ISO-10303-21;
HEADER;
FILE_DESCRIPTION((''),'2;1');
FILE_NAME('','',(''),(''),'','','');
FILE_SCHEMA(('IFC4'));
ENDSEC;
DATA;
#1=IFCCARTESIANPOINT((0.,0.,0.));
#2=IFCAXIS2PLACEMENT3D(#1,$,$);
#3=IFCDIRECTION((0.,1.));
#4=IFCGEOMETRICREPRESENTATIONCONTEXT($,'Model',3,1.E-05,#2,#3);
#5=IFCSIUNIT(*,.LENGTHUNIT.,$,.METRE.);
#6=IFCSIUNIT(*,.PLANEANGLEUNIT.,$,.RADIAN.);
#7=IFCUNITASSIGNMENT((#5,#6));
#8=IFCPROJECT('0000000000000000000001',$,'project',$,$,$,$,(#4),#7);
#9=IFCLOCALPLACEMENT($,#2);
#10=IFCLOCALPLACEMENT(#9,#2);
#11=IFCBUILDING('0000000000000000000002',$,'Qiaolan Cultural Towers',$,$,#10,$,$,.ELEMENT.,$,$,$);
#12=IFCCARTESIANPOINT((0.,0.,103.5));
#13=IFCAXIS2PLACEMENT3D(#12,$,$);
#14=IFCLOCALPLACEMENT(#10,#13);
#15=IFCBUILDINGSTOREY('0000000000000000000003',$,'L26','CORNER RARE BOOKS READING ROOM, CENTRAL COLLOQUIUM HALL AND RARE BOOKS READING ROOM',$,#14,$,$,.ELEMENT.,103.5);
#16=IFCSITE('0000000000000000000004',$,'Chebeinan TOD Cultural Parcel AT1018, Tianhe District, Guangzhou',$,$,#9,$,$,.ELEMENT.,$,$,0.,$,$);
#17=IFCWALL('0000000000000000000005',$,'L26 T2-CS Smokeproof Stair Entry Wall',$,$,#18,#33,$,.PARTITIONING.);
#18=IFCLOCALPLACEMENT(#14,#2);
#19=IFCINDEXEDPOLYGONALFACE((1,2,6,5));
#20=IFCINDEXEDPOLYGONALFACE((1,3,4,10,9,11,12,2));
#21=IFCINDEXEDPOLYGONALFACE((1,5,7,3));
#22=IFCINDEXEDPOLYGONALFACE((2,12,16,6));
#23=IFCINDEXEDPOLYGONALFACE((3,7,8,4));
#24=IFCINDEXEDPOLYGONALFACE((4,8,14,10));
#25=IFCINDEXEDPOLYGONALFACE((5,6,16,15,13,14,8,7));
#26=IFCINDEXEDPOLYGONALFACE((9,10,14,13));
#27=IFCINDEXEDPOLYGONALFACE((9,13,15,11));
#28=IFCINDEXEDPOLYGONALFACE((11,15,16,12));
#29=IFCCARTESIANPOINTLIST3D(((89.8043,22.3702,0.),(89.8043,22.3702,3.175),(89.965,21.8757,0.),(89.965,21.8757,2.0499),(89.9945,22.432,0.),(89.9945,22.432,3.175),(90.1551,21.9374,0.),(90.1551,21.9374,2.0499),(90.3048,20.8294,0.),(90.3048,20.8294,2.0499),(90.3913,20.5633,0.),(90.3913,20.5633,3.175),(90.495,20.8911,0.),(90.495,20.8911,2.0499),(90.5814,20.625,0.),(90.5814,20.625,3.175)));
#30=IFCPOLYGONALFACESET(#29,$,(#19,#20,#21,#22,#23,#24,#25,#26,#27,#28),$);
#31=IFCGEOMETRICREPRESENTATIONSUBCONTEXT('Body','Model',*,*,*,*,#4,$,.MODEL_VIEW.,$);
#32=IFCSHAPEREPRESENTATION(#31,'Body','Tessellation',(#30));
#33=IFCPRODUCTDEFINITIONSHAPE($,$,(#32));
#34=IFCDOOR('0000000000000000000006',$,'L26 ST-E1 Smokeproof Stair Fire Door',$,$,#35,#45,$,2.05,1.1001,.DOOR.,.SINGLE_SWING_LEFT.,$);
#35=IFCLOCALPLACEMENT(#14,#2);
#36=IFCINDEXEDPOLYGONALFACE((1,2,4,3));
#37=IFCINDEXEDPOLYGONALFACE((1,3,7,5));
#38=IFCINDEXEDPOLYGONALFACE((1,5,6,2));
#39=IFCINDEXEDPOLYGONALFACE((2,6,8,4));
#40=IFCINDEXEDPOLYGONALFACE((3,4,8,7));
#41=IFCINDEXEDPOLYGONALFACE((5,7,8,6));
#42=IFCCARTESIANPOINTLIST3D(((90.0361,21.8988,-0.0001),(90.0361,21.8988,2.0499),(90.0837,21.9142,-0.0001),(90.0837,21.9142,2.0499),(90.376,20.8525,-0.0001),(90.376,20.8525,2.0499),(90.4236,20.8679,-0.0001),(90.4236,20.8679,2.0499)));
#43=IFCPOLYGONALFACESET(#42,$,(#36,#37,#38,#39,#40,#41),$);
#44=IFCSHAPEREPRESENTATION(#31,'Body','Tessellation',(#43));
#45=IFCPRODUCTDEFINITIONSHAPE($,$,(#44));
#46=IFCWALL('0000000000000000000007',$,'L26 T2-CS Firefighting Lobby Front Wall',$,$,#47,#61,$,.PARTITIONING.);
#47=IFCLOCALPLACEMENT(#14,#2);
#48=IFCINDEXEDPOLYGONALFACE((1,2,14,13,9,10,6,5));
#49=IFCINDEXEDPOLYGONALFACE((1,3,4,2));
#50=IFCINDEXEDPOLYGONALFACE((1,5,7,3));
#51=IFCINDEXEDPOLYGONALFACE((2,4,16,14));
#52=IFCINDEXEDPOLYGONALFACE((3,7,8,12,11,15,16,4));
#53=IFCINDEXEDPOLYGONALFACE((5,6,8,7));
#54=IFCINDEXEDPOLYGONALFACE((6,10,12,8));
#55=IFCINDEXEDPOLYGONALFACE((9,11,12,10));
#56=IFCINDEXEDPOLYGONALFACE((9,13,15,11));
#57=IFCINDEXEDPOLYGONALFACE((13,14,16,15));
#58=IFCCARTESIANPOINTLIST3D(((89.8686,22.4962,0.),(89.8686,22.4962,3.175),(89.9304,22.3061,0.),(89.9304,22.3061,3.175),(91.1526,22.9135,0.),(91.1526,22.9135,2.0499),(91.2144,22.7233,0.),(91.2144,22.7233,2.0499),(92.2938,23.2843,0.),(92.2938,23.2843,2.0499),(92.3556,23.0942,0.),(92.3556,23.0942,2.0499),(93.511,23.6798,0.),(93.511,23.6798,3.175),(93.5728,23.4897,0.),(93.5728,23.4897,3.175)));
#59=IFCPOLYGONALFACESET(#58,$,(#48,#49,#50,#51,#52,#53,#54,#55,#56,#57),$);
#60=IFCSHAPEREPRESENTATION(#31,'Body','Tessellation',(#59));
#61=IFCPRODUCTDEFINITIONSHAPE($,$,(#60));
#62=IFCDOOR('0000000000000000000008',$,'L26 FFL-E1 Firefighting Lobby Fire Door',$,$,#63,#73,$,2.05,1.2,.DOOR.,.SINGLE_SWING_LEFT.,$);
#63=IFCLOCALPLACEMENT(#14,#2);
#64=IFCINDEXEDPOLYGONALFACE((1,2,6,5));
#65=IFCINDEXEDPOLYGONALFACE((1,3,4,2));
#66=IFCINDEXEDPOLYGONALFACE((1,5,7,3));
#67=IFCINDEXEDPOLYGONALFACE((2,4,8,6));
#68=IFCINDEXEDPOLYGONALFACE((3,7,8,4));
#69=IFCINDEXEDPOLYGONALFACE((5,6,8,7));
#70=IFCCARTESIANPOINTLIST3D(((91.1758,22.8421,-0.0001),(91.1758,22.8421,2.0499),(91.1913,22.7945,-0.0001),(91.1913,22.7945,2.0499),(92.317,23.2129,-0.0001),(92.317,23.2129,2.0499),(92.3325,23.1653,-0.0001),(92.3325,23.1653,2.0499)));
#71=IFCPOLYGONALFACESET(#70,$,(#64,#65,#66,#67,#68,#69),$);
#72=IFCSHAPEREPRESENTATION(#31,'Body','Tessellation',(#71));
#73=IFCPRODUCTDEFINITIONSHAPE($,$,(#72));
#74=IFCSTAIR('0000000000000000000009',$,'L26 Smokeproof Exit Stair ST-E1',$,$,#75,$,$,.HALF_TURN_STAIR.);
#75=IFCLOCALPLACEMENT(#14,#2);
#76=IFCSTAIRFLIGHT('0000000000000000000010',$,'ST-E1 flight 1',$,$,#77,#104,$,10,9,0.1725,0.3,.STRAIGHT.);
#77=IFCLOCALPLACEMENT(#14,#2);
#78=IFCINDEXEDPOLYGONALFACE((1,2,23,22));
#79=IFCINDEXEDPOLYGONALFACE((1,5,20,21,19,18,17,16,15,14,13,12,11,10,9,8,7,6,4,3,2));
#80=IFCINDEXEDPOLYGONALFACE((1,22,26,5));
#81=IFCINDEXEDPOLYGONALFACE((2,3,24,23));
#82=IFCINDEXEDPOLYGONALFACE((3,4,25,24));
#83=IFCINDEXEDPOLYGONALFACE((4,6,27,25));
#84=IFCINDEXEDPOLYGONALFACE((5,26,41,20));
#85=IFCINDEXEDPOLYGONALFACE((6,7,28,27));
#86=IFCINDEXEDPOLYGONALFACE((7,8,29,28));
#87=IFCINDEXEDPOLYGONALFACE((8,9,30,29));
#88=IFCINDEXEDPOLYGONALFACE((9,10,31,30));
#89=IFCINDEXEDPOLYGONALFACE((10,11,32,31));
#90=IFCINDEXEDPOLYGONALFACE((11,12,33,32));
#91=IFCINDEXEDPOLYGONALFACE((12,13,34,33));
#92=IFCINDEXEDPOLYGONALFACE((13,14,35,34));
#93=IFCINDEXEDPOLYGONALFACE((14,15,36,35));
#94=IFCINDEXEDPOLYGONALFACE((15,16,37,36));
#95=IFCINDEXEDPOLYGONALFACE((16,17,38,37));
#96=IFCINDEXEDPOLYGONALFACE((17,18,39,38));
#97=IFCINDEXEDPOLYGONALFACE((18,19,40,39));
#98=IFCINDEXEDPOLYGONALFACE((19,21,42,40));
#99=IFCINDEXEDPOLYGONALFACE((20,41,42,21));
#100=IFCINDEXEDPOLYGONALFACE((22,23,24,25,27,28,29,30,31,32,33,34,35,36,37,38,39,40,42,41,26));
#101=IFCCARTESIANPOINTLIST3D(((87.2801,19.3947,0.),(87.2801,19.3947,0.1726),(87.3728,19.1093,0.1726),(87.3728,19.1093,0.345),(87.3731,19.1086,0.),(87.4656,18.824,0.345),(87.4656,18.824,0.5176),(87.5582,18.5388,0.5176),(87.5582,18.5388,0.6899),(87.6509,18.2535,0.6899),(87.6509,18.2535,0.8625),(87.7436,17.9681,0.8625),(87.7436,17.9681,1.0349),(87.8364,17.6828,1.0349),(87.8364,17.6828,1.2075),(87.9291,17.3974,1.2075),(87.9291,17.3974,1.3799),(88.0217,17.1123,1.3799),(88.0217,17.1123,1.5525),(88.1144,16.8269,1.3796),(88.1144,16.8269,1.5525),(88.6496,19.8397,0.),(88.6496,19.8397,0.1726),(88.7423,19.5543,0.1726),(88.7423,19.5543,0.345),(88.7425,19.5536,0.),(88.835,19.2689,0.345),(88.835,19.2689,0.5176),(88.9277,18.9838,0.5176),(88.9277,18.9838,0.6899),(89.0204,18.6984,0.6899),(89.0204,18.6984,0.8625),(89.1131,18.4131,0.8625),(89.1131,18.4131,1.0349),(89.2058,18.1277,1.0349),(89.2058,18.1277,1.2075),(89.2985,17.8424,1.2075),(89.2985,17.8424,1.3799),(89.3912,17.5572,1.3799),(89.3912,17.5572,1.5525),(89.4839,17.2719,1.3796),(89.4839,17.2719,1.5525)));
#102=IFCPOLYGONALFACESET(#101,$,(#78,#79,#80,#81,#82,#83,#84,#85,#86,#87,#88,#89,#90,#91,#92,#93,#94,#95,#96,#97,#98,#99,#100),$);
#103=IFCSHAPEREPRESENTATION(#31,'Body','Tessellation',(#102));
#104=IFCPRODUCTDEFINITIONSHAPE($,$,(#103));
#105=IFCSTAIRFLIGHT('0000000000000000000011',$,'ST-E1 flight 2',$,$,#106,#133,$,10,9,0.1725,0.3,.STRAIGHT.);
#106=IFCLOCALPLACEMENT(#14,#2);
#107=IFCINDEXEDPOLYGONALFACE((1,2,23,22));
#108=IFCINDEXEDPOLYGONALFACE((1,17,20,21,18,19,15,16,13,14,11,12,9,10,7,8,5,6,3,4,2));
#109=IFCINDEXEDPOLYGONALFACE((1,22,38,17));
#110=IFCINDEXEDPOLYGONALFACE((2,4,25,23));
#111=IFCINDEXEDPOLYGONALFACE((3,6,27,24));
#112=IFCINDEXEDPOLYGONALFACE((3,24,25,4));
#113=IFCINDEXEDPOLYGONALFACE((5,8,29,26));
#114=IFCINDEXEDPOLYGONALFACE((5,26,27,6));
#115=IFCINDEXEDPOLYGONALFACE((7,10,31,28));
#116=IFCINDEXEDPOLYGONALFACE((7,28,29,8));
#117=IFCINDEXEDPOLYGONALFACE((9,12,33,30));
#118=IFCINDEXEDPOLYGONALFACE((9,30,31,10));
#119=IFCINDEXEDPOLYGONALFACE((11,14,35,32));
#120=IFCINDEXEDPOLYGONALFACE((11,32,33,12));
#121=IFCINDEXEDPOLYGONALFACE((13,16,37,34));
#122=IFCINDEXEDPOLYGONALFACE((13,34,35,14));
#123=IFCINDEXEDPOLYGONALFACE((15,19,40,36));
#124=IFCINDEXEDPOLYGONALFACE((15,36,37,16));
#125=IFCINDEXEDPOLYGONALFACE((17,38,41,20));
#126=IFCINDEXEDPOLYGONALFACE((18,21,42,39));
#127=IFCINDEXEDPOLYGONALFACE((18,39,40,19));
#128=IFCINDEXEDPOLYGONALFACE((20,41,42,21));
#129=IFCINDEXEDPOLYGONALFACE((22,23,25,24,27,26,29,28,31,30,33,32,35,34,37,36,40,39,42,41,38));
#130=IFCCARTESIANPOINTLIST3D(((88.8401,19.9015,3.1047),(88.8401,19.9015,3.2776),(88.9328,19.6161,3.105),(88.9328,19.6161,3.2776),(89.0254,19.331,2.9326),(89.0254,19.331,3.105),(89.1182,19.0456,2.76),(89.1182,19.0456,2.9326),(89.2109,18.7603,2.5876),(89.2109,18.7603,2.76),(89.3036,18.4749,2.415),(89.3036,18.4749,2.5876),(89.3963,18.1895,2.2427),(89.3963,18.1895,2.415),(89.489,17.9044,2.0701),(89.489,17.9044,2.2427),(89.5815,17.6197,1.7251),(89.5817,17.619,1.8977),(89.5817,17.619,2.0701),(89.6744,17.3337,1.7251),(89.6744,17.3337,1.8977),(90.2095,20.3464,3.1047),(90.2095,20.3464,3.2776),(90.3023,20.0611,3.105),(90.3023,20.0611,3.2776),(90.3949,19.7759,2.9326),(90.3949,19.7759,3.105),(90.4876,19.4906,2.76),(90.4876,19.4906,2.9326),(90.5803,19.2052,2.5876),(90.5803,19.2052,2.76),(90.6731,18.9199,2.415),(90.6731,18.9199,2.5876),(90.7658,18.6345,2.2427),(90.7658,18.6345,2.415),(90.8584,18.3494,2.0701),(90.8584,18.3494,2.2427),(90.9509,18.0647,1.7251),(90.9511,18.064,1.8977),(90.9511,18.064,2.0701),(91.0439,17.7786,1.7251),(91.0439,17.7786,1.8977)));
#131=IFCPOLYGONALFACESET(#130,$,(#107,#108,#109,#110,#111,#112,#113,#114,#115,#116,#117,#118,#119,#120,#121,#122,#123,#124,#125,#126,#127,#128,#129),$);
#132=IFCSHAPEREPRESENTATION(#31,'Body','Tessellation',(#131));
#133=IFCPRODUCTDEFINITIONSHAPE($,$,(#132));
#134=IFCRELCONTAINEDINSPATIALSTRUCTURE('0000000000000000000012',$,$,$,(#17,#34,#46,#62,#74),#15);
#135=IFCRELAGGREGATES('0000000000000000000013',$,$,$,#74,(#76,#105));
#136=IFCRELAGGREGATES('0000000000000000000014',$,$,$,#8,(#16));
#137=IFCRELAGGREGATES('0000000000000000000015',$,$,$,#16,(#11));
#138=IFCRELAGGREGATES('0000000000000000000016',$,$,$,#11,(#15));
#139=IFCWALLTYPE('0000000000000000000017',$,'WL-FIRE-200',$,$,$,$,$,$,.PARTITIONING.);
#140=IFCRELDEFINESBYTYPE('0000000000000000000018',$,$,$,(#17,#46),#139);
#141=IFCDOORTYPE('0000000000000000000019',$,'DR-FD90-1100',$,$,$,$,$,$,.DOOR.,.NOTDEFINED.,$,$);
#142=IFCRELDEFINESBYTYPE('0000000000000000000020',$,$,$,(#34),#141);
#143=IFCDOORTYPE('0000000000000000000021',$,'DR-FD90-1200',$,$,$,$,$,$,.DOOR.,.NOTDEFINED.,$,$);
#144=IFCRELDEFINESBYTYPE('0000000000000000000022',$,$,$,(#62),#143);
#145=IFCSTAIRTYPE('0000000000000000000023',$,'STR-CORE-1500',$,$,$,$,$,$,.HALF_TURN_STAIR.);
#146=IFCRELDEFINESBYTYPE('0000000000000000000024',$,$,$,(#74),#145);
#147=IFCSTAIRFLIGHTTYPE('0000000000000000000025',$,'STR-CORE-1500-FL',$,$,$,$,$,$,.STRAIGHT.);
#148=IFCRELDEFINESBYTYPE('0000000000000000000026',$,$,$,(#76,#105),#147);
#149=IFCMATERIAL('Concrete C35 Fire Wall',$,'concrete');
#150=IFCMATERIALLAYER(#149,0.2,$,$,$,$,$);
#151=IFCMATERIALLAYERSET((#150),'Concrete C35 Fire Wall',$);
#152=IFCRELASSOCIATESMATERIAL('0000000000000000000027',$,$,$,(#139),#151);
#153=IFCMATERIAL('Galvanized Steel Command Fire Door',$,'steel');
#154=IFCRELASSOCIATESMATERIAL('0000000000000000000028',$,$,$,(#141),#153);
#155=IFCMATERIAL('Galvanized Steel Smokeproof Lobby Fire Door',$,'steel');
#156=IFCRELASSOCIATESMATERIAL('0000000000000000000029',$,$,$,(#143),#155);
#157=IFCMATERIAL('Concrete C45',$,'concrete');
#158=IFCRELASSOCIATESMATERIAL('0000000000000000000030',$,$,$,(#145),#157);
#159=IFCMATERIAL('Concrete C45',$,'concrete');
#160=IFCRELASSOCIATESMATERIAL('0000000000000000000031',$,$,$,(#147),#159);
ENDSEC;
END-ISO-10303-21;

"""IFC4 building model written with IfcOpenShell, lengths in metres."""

from ifc_helpers import new_model, si_unit, direction, frame, frame_2d, origin, place, context, subcontext, project, spatial, polyline, rectangle, outline, extrude, material, layer, layer_set, type_object, element, fill, aggregate, save


model = new_model("IFC4")

# Units and contexts
model_context = context("Model", 3, precision=1e-05, world=origin(), true_north=direction((0.0, 1.0)))
body_context = subcontext(model_context, "Body", "Model", "MODEL_VIEW")
ifc_project = project(units=[si_unit("LENGTHUNIT", "METRE"), si_unit("PLANEANGLEUNIT", "RADIAN")], contexts=[model_context])

# Site, building, storey
site_placement = place(None, origin())
site = spatial("IfcSite", under=ifc_project, at=site_placement, Name="Chebeinan TOD Cultural Parcel AT1018, Tianhe District, Guangzhou", CompositionType="ELEMENT", RefElevation=0.0)
building_placement = place(site_placement, origin())
building = spatial("IfcBuilding", under=site, at=building_placement, Name="Qiaolan Cultural Towers", CompositionType="ELEMENT")
storey_placement = place(building_placement, frame((0.0, 0.0, 103.5)))
storey = spatial("IfcBuildingStorey", under=building, at=storey_placement, Name="L26", Description="CORNER RARE BOOKS READING ROOM, CENTRAL COLLOQUIUM HALL AND RARE BOOKS READING ROOM", CompositionType="ELEMENT", Elevation=103.5)

# Walls, openings, doors
ifc_material_1 = material(Name="Concrete C35 Fire Wall", Category="concrete")
ifc_layer_1 = layer(ifc_material_1, 0.2)
ifc_layer_set_1 = layer_set([ifc_layer_1], Name="Concrete C35 Fire Wall")
wall_type_1 = type_object("IfcWallType", Name="WL-FIRE-200", PredefinedType="PARTITIONING", material=ifc_layer_set_1)
wall_1_placement = place(storey_placement, frame((89.8994, 22.4011, 0.0), z_axis=(0.0, 0.0, 1.0), x_axis=(0.308932, -0.951084, 0.0)))
wall_1 = element("IfcWall", 1, at=wall_1_placement, inside=storey, type_object=wall_type_1, Name="L26 T2-CS Smokeproof Stair Entry Wall", PredefinedType="PARTITIONING", context=body_context, shape_type="SweptSolid", body=[
    extrude(rectangle(XDim=1.8999, YDim=0.2, at=frame_2d((0.95, 0.0))), origin(), (0.0, 0.0, 1.0), 3.175),
])
opening_1_placement = place(wall_1_placement, frame((0.52, 0.0, 0.0)))
opening_1 = element("IfcOpeningElement", 2, at=opening_1_placement, cuts=wall_1, PredefinedType="OPENING", context=body_context, shape_type="SweptSolid", body=[
    extrude(rectangle(XDim=1.1001, YDim=2.05, at=frame_2d((0.55, 1.0249))), frame((0.0, 0.1099, 0.0), z_axis=(0.0, -1.0, 0.0), x_axis=(1.0, 0.0, 0.0)), (0.0, 0.0, 1.0), 0.22),
])
ifc_material_2 = material(Name="Galvanized Steel Command Fire Door", Category="steel")
door_type_1 = type_object("IfcDoorType", Name="DR-FD90-1100", OperationType="NOTDEFINED", PredefinedType="DOOR", material=ifc_material_2)
door_1_placement = place(opening_1_placement, origin())
door_1 = element("IfcDoor", 3, at=door_1_placement, inside=storey, type_object=door_type_1, Name="L26 ST-E1 Smokeproof Stair Fire Door", OperationType="SINGLE_SWING_LEFT", OverallHeight=2.05, OverallWidth=1.1001, PredefinedType="DOOR", context=body_context, shape_type="SweptSolid", body=[
    extrude(rectangle(XDim=1.1001, YDim=2.05, at=frame_2d((0.55, 1.0249))), frame((0.0, 0.0249, 0.0), z_axis=(0.0, -1.0, 0.0), x_axis=(1.0, 0.0, 0.0)), (0.0, 0.0, 1.0), 0.05),
])
fill(opening_1, door_1)
wall_2_placement = place(storey_placement, frame((89.8994, 22.4011, 0.0), z_axis=(0.0, 0.0, 1.0), x_axis=(0.951047, 0.309047, 0.0)))
wall_2 = element("IfcWall", 4, at=wall_2_placement, inside=storey, type_object=wall_type_1, Name="L26 T2-CS Firefighting Lobby Front Wall", PredefinedType="PARTITIONING", context=body_context, shape_type="SweptSolid", body=[
    extrude(rectangle(XDim=3.8298, YDim=0.2, at=frame_2d((1.915, 0.0))), origin(), (0.0, 0.0, 1.0), 3.175),
])
opening_2_placement = place(wall_2_placement, frame((1.3501, 0.0, 0.0)))
opening_2 = element("IfcOpeningElement", 5, at=opening_2_placement, cuts=wall_2, PredefinedType="OPENING", context=body_context, shape_type="SweptSolid", body=[
    extrude(rectangle(XDim=1.2, YDim=2.05, at=frame_2d((0.6001, 1.0249))), frame((0.0, 0.1099, 0.0), z_axis=(0.0, -1.0, 0.0), x_axis=(1.0, 0.0, 0.0)), (0.0, 0.0, 1.0), 0.22),
])
ifc_material_3 = material(Name="Galvanized Steel Smokeproof Lobby Fire Door", Category="steel")
door_type_2 = type_object("IfcDoorType", Name="DR-FD90-1200", OperationType="NOTDEFINED", PredefinedType="DOOR", material=ifc_material_3)
door_2_placement = place(opening_2_placement, origin())
door_2 = element("IfcDoor", 6, at=door_2_placement, inside=storey, type_object=door_type_2, Name="L26 FFL-E1 Firefighting Lobby Fire Door", OperationType="SINGLE_SWING_LEFT", OverallHeight=2.05, OverallWidth=1.2, PredefinedType="DOOR", context=body_context, shape_type="SweptSolid", body=[
    extrude(rectangle(XDim=1.2, YDim=2.05, at=frame_2d((0.6001, 1.0249))), frame((0.0, 0.0249, 0.0), z_axis=(0.0, -1.0, 0.0), x_axis=(1.0, 0.0, 0.0)), (0.0, 0.0, 1.0), 0.05),
])
fill(opening_2, door_2)

# Stair, stair flights
ifc_material_4 = material(Name="Concrete C45", Category="concrete")
stair_type = type_object("IfcStairType", Name="STR-CORE-1500", PredefinedType="HALF_TURN_STAIR", material=ifc_material_4)
stair_placement = place(storey_placement, origin())
stair = element("IfcStair", 7, at=stair_placement, inside=storey, type_object=stair_type, Name="L26 Smokeproof Exit Stair ST-E1", PredefinedType="HALF_TURN_STAIR")
ifc_material_5 = material(Name="Concrete C45", Category="concrete")
stair_flight_type = type_object("IfcStairFlightType", Name="STR-CORE-1500-FL", PredefinedType="STRAIGHT", material=ifc_material_5)
stair_flight_1_placement = place(storey_placement, frame((87.9648, 19.6172, 0.0), z_axis=(0.0, 0.0, 1.0), x_axis=(0.309017, -0.951057, 0.0)))
stair_flight_1 = element("IfcStairFlight", 8, at=stair_flight_1_placement, type_object=stair_flight_type, Name="ST-E1 flight 1", NumberOfRisers=10, NumberOfTreads=9, PredefinedType="STRAIGHT", RiserHeight=0.1725, TreadLength=0.3, context=body_context, shape_type="SweptSolid", body=[
    extrude(outline(polyline([(0.0, 0.0), (0.0, 0.1726), (0.3, 0.1726), (0.3, 0.345), (0.6001, 0.345), (0.6001, 0.5176), (0.8999, 0.5176), (0.8999, 0.6899), (1.2, 0.6899), (1.2, 0.8625), (1.5, 0.8625), (1.5, 1.0349), (1.8, 1.0349), (1.8, 1.2075), (2.1001, 1.2075), (2.1001, 1.3799), (2.3999, 1.3799), (2.3999, 1.5525), (2.7, 1.5525), (2.7, 1.7251), (2.7, 1.3796), (0.3008, 0.0), (0.0, 0.0)])), frame((0.0, 0.72, 0.0), z_axis=(0.0, -1.0, 0.0), x_axis=(1.0, 0.0, 0.0)), (0.0, 0.0, 1.0), 1.4399),
])
stair_flight_2_placement = place(storey_placement, frame((90.3591, 17.5562, 1.7251), z_axis=(0.0, 0.0, 1.0), x_axis=(-0.309017, 0.951057, 0.0)))
stair_flight_2 = element("IfcStairFlight", 9, at=stair_flight_2_placement, type_object=stair_flight_type, Name="ST-E1 flight 2", NumberOfRisers=10, NumberOfTreads=9, PredefinedType="STRAIGHT", RiserHeight=0.1725, TreadLength=0.3, context=body_context, shape_type="SweptSolid", body=[
    extrude(outline(polyline([(0.0, 0.0), (0.0, 0.1726), (0.3, 0.1726), (0.3, 0.345), (0.6001, 0.345), (0.6001, 0.5176), (0.8999, 0.5176), (0.8999, 0.6899), (1.2, 0.6899), (1.2, 0.8625), (1.5, 0.8625), (1.5, 1.0349), (1.8, 1.0349), (1.8, 1.2075), (2.1001, 1.2075), (2.1001, 1.3799), (2.3999, 1.3799), (2.3999, 1.5525), (2.7, 1.5525), (2.7, 1.7251), (2.7, 1.3796), (0.3008, 0.0), (0.0, 0.0)])), frame((0.0, 0.72, 0.0), z_axis=(0.0, -1.0, 0.0), x_axis=(1.0, 0.0, 0.0)), (0.0, 0.0, 1.0), 1.4399),
])
aggregate(stair, [stair_flight_1, stair_flight_2])

save(model, "model.ifc")
